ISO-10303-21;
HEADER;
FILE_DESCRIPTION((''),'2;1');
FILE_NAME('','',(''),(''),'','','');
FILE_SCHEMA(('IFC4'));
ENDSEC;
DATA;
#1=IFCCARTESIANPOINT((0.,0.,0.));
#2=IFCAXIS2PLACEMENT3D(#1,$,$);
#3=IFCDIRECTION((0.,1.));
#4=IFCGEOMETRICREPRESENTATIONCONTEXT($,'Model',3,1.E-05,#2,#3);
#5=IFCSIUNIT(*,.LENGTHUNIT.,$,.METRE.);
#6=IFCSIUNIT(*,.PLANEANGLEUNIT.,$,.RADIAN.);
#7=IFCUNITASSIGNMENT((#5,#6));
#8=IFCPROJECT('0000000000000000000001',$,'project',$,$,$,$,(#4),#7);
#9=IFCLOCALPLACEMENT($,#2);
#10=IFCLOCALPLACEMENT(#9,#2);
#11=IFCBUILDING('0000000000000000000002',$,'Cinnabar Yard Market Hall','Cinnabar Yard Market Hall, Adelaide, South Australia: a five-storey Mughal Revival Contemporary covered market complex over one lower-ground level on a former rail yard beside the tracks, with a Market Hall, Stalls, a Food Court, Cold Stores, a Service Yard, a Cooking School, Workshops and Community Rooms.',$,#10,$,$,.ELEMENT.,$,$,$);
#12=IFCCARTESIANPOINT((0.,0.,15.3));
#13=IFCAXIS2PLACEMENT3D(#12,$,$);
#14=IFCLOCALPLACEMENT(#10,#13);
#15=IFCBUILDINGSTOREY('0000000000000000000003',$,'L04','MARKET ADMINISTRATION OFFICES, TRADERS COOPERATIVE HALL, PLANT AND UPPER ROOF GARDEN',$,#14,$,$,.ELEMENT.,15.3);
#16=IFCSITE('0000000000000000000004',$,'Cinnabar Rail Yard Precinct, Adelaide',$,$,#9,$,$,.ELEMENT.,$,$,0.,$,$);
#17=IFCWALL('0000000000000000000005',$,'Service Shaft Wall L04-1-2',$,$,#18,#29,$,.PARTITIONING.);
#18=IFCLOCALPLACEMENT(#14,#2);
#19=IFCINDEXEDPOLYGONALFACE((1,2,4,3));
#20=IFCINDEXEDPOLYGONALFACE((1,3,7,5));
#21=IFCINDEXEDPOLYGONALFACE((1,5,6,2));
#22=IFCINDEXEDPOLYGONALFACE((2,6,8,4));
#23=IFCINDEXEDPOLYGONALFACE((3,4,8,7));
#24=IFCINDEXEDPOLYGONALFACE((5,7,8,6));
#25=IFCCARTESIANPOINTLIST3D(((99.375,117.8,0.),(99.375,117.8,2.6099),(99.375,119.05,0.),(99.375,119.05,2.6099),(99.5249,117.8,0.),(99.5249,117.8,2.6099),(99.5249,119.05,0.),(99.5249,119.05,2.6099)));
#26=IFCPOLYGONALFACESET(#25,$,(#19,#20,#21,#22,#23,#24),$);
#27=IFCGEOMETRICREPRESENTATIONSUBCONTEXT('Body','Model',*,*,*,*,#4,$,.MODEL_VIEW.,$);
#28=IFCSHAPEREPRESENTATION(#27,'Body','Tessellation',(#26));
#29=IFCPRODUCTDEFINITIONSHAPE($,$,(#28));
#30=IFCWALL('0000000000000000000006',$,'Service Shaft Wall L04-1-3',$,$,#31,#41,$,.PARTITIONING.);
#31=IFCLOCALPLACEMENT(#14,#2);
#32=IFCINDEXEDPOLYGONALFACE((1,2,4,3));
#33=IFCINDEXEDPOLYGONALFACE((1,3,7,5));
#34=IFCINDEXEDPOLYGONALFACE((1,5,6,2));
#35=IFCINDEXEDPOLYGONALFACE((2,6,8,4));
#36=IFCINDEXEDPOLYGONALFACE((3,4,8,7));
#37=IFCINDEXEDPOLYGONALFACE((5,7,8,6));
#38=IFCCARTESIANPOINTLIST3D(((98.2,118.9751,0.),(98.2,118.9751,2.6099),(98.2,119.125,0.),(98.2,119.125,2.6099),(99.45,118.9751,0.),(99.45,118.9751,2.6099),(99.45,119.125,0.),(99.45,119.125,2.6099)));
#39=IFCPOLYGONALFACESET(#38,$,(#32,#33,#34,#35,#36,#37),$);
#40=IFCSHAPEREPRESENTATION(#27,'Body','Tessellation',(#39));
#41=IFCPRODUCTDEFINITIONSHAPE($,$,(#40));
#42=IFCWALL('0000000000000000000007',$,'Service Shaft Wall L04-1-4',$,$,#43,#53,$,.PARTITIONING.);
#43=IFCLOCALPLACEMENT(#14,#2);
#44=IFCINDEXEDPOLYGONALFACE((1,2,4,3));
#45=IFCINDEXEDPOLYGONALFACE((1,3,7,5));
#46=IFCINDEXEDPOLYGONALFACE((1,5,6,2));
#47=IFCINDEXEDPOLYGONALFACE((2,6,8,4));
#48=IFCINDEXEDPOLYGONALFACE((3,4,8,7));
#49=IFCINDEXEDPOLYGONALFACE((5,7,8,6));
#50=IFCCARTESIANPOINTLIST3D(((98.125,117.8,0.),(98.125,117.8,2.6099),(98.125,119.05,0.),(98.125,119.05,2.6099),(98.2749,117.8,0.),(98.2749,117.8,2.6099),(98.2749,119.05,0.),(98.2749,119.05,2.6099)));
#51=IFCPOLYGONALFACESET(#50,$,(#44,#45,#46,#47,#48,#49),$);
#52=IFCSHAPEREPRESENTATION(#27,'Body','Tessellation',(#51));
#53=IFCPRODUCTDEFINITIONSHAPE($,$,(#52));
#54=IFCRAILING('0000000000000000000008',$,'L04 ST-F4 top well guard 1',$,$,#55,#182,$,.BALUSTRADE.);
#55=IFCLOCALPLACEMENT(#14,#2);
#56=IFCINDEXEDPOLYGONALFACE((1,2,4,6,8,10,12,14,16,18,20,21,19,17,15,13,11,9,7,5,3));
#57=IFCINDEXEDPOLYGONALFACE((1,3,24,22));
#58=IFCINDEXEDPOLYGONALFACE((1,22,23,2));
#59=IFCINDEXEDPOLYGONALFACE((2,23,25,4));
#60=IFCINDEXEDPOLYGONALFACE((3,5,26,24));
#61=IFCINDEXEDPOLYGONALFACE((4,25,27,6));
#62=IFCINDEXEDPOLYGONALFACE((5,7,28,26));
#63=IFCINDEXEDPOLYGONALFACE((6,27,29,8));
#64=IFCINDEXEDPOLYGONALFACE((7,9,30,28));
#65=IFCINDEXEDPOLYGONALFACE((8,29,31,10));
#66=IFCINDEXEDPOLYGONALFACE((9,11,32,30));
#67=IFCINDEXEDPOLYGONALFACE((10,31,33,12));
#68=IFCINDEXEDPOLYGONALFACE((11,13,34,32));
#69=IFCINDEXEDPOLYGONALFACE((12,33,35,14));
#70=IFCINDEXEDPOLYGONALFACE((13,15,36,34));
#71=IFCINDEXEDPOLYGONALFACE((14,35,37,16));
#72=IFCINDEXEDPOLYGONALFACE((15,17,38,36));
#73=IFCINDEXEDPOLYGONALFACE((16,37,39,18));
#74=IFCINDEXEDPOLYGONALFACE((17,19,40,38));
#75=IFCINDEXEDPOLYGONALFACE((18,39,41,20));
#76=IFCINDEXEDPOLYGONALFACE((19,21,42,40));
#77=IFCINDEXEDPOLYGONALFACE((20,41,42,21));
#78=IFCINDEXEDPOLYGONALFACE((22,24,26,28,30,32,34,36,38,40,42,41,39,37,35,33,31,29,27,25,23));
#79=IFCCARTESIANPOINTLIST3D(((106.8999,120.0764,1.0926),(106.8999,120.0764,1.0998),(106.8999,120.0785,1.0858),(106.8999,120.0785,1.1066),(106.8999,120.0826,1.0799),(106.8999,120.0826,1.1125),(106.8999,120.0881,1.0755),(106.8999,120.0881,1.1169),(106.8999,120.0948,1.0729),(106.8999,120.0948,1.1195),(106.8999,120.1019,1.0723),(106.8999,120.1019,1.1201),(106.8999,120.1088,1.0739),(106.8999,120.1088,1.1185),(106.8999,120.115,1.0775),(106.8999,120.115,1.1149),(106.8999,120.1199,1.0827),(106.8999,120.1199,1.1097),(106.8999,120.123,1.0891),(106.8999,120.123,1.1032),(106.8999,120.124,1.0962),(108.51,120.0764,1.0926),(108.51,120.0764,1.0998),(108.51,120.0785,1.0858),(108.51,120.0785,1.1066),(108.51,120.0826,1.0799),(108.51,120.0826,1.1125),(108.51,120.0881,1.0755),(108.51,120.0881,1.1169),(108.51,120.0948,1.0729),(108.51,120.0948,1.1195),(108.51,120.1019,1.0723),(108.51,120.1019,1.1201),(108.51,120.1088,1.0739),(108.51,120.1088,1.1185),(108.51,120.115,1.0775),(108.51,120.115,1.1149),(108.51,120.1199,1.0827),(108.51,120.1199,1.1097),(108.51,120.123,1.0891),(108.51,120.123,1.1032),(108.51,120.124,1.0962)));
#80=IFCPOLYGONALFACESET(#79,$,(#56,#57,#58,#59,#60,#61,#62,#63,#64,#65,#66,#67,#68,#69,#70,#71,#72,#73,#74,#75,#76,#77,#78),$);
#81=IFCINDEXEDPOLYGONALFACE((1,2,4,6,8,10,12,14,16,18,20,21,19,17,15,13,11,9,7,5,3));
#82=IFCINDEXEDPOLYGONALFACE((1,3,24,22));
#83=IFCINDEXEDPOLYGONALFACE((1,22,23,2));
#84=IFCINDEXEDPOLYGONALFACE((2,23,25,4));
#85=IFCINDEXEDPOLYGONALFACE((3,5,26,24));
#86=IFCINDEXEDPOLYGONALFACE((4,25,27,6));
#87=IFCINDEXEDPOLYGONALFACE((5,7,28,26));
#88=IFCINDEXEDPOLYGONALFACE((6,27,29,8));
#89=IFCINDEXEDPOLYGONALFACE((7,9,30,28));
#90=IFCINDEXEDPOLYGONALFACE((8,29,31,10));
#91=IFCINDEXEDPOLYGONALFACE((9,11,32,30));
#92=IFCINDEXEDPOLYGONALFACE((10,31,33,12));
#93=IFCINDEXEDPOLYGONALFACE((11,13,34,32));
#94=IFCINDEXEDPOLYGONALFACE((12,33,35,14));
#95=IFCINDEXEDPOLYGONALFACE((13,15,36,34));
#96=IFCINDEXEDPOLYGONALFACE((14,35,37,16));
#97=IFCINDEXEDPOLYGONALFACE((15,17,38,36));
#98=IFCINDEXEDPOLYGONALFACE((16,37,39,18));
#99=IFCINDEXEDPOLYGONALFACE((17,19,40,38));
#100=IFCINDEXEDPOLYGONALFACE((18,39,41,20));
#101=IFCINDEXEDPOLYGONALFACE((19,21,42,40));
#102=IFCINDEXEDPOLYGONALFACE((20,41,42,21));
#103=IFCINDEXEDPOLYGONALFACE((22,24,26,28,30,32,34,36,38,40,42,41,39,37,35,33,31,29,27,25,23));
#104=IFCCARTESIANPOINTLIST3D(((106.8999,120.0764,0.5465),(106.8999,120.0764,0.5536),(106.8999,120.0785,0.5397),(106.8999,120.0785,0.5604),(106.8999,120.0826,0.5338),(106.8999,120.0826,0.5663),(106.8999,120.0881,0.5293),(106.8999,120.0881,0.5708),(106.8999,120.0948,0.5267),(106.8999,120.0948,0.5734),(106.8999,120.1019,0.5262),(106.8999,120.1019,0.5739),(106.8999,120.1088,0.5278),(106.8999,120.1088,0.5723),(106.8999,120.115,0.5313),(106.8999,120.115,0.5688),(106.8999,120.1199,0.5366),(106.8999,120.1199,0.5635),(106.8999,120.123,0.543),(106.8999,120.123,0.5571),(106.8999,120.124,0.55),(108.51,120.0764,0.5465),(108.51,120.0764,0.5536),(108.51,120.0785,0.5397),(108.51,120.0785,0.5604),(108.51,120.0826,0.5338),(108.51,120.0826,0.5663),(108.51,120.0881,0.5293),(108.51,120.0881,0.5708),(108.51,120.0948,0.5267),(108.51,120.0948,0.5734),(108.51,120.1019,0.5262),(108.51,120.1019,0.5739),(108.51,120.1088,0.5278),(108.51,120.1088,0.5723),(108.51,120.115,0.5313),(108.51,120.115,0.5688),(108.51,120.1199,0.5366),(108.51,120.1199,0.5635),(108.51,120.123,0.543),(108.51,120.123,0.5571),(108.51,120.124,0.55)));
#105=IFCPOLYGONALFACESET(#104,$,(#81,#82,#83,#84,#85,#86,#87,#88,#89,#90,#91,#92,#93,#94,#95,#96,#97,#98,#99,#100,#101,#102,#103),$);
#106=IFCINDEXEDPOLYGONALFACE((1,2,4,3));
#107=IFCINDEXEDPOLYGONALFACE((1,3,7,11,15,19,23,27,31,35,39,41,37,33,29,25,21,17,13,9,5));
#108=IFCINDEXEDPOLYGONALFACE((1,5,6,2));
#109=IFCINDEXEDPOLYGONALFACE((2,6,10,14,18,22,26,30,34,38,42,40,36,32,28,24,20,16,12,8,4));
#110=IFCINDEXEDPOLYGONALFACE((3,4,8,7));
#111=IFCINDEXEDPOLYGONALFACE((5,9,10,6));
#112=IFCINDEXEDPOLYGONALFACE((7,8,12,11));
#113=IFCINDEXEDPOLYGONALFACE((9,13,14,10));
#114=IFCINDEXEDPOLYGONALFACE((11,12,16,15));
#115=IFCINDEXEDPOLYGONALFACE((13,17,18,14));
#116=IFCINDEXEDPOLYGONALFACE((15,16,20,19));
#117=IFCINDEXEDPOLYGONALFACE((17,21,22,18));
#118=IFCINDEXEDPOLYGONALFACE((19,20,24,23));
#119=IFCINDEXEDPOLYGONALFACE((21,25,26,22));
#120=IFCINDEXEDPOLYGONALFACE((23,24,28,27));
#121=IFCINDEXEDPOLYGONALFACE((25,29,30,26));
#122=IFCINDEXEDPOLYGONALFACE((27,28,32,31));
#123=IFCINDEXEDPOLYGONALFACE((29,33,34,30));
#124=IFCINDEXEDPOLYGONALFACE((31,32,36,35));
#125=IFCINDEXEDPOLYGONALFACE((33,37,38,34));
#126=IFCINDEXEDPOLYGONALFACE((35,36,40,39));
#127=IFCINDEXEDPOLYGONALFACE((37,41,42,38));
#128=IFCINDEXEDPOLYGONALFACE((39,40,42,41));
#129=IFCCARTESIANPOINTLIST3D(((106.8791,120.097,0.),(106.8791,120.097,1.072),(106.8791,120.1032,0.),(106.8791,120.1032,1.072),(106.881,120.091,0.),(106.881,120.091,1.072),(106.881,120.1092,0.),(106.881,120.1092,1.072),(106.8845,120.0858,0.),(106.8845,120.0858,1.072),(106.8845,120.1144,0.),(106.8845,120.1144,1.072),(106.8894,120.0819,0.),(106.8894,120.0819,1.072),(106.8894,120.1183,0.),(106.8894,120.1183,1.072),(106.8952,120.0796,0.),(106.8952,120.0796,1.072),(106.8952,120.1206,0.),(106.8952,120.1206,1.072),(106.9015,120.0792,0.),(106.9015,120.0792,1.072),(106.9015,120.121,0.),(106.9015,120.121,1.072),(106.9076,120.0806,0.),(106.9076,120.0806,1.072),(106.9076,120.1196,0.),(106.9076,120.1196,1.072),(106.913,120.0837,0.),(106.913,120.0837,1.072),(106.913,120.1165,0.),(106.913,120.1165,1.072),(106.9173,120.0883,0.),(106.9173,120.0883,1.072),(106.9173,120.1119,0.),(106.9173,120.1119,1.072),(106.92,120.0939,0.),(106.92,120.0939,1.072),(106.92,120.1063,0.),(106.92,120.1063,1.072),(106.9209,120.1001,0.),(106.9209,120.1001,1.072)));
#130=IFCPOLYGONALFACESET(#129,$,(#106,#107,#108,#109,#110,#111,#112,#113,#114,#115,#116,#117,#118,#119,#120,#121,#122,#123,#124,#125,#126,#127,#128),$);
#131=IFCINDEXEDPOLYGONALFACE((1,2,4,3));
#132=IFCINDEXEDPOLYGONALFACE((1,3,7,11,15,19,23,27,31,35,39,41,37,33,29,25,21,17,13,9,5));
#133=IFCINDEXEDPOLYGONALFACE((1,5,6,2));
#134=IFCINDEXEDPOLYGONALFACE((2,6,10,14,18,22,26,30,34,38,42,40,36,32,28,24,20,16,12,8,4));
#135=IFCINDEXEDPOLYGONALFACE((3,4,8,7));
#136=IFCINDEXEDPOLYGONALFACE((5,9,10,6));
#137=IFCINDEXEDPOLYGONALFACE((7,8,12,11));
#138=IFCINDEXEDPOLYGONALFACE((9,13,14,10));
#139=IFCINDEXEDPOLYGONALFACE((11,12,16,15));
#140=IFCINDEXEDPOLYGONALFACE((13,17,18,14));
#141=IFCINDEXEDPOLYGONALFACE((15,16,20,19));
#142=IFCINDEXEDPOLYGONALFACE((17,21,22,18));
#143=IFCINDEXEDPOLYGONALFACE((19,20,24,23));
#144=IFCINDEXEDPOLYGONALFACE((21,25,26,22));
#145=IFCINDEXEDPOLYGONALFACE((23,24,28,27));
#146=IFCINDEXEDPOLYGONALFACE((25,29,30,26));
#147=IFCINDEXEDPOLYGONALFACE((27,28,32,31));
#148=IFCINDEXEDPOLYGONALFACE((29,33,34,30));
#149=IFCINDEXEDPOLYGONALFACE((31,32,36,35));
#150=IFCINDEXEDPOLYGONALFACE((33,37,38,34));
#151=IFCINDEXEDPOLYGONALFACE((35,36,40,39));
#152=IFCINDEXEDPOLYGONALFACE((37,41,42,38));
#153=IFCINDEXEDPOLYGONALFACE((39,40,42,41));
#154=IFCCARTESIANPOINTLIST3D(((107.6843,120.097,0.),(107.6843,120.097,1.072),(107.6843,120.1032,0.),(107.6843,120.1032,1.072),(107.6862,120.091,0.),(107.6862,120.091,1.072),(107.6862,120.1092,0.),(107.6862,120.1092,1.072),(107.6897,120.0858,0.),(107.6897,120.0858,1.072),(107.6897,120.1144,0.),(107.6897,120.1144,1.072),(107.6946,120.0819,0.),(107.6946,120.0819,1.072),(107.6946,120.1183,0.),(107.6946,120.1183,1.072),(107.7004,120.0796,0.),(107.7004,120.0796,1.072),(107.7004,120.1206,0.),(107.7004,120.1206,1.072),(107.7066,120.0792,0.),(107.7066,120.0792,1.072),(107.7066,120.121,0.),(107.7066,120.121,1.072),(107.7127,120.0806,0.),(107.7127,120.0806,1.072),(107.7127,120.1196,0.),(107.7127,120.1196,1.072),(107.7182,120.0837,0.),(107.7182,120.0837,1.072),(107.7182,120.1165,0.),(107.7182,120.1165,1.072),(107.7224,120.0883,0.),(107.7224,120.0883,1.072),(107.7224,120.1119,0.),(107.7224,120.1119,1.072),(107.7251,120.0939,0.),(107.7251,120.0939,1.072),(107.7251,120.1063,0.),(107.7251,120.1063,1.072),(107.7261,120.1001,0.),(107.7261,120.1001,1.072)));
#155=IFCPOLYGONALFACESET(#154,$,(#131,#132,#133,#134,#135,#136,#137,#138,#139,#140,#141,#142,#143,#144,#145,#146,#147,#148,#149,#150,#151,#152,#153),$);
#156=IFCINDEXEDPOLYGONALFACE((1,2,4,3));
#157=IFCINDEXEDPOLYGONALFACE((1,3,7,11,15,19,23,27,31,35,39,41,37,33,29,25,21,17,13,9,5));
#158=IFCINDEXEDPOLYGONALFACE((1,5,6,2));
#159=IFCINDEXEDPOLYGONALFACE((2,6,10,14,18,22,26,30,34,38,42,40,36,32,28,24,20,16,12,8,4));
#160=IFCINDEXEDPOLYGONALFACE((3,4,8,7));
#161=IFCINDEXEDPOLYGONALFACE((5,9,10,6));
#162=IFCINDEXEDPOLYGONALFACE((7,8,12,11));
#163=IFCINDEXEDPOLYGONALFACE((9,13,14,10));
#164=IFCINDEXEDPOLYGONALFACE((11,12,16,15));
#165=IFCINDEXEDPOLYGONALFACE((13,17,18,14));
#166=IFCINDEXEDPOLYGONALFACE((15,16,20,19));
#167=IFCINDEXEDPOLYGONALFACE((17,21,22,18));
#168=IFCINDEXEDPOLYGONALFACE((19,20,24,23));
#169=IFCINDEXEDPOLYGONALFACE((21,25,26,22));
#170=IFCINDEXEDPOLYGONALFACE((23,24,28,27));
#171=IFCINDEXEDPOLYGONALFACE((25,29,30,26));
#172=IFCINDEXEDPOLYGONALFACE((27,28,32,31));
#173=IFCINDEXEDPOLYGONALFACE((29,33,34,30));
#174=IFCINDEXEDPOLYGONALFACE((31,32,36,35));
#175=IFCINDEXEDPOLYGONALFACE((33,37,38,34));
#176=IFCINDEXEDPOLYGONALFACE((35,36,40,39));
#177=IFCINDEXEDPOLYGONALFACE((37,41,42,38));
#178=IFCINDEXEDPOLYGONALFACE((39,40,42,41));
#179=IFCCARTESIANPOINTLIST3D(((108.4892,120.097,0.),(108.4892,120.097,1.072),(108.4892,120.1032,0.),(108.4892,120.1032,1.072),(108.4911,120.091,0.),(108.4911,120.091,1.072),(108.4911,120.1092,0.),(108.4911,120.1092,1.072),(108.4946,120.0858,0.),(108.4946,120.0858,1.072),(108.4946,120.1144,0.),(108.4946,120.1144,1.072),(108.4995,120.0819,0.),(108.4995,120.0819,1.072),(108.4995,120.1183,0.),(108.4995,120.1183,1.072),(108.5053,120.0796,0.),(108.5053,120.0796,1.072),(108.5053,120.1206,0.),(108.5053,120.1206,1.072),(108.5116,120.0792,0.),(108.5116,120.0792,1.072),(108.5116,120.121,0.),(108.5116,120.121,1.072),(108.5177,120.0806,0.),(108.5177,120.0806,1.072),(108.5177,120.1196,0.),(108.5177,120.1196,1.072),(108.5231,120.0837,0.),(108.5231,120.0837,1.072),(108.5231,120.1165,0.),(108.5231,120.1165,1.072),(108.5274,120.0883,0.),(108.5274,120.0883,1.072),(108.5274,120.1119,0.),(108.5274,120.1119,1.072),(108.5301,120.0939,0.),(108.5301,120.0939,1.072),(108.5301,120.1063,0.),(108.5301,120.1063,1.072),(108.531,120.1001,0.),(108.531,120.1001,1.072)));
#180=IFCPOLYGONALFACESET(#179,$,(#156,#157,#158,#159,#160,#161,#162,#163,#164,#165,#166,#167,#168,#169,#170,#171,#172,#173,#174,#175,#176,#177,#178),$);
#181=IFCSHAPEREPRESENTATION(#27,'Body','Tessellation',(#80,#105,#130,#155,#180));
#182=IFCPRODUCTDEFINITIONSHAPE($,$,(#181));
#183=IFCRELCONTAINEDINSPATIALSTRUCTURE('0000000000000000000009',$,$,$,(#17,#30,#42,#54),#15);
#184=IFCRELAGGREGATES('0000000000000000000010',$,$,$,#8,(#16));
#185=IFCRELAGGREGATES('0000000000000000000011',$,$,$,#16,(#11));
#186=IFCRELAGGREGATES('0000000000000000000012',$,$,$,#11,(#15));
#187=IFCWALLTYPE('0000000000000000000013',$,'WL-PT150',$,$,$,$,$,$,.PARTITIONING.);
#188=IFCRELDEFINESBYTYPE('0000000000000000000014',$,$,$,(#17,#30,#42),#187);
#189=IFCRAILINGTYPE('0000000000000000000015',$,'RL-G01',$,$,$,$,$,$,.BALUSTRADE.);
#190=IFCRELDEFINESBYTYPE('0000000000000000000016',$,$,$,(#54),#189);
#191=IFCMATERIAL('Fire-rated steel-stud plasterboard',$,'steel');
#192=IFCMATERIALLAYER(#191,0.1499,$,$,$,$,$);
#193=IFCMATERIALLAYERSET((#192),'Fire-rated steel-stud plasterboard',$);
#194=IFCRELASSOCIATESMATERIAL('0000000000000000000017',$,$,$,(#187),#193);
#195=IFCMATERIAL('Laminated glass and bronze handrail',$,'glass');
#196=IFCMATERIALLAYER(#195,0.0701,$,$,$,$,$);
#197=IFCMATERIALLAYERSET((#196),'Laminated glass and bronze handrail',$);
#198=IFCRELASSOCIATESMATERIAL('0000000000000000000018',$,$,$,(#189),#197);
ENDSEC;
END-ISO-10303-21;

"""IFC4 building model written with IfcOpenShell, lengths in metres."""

from ifc_helpers import new_model, si_unit, direction, frame, frame_2d, origin, origin_2d_with_axis, place, context, subcontext, project, spatial, rectangle, circle, extrude, material, layer, layer_set, type_object, element, save


model = new_model("IFC4")

# Units and contexts
model_context = context("Model", 3, precision=1e-05, world=origin(), true_north=direction((0.0, 1.0)))
body_context = subcontext(model_context, "Body", "Model", "MODEL_VIEW")
ifc_project = project(units=[si_unit("LENGTHUNIT", "METRE"), si_unit("PLANEANGLEUNIT", "RADIAN")], contexts=[model_context])

# Site, building, storey
site_placement = place(None, origin())
site = spatial("IfcSite", under=ifc_project, at=site_placement, Name="Cinnabar Rail Yard Precinct, Adelaide", CompositionType="ELEMENT", RefElevation=0.0)
building_placement = place(site_placement, origin())
building = spatial("IfcBuilding", under=site, at=building_placement, Name="Cinnabar Yard Market Hall", Description="Cinnabar Yard Market Hall, Adelaide, South Australia: a five-storey Mughal Revival Contemporary covered market complex over one lower-ground level on a former rail yard beside the tracks, with a Market Hall, Stalls, a Food Court, Cold Stores, a Service Yard, a Cooking School, Workshops and Community Rooms.", CompositionType="ELEMENT")
storey_placement = place(building_placement, frame((0.0, 0.0, 15.3)))
storey = spatial("IfcBuildingStorey", under=building, at=storey_placement, Name="L04", Description="MARKET ADMINISTRATION OFFICES, TRADERS COOPERATIVE HALL, PLANT AND UPPER ROOF GARDEN", CompositionType="ELEMENT", Elevation=15.3)

# Walls
ifc_material_1 = material(Name="Fire-rated steel-stud plasterboard", Category="steel")
ifc_layer_1 = layer(ifc_material_1, 0.1499)
ifc_layer_set_1 = layer_set([ifc_layer_1], Name="Fire-rated steel-stud plasterboard")
wall_type_1 = type_object("IfcWallType", Name="WL-PT150", PredefinedType="PARTITIONING", material=ifc_layer_set_1)
for number, where, z_axis, x_axis, name in (
    (1, (99.45, 117.8, 0.0), (0.0, 0.0, 1.0), (0.0, 1.0, 0.0), "Service Shaft Wall L04-1-2"),
    (2, (99.45, 119.05, 0.0), (0.0, 0.0, 1.0), (-1.0, 0.0, 0.0), "Service Shaft Wall L04-1-3"),
    (3, (98.2, 119.05, 0.0), (0.0, 0.0, 1.0), (0.0, -1.0, 0.0), "Service Shaft Wall L04-1-4"),
):
    element("IfcWall", number, at=place(storey_placement, frame(where, z_axis=z_axis, x_axis=x_axis)), inside=storey, type_object=wall_type_1, Name=name, PredefinedType="PARTITIONING", context=body_context, shape_type="SweptSolid", body=[
        extrude(rectangle(XDim=1.25, YDim=0.1499, at=frame_2d((0.625, 0.0), x_axis=(1.0, 0.0))), origin(), (0.0, 0.0, 1.0), 2.6099),
    ])

# Railing
ifc_material_2 = material(Name="Laminated glass and bronze handrail", Category="glass")
ifc_layer_2 = layer(ifc_material_2, 0.0701)
ifc_layer_set_2 = layer_set([ifc_layer_2], Name="Laminated glass and bronze handrail")
railing_type_1 = type_object("IfcRailingType", Name="RL-G01", PredefinedType="BALUSTRADE", material=ifc_layer_set_2)
railing_1_placement = place(storey_placement, frame((106.8999, 120.1001, 0.0)))
element("IfcRailing", 4, at=railing_1_placement, inside=storey, type_object=railing_type_1, Name="L04 ST-F4 top well guard 1", PredefinedType="BALUSTRADE", context=body_context, shape_type="SweptSolid", body=[
    extrude(circle(Radius=0.0239, at=origin_2d_with_axis()), frame((0.0, 0.0, 1.0962), z_axis=(1.0, 0.0, 0.0), x_axis=(0.0, 1.0, 0.0)), (0.0, 0.0, 1.0), 1.6101),
    extrude(circle(Radius=0.0239, at=origin_2d_with_axis()), frame((0.0, 0.0, 0.55), z_axis=(1.0, 0.0, 0.0), x_axis=(0.0, 1.0, 0.0)), (0.0, 0.0, 1.0), 1.6101),
    extrude(circle(Radius=0.021, at=origin_2d_with_axis()), origin(), (0.0, 0.0, 1.0), 1.072),
    extrude(circle(Radius=0.021, at=origin_2d_with_axis()), frame((0.8052, 0.0, 0.0)), (0.0, 0.0, 1.0), 1.072),
    extrude(circle(Radius=0.021, at=origin_2d_with_axis()), frame((1.6101, 0.0, 0.0)), (0.0, 0.0, 1.0), 1.072),
])

save(model, "model.ifc")
